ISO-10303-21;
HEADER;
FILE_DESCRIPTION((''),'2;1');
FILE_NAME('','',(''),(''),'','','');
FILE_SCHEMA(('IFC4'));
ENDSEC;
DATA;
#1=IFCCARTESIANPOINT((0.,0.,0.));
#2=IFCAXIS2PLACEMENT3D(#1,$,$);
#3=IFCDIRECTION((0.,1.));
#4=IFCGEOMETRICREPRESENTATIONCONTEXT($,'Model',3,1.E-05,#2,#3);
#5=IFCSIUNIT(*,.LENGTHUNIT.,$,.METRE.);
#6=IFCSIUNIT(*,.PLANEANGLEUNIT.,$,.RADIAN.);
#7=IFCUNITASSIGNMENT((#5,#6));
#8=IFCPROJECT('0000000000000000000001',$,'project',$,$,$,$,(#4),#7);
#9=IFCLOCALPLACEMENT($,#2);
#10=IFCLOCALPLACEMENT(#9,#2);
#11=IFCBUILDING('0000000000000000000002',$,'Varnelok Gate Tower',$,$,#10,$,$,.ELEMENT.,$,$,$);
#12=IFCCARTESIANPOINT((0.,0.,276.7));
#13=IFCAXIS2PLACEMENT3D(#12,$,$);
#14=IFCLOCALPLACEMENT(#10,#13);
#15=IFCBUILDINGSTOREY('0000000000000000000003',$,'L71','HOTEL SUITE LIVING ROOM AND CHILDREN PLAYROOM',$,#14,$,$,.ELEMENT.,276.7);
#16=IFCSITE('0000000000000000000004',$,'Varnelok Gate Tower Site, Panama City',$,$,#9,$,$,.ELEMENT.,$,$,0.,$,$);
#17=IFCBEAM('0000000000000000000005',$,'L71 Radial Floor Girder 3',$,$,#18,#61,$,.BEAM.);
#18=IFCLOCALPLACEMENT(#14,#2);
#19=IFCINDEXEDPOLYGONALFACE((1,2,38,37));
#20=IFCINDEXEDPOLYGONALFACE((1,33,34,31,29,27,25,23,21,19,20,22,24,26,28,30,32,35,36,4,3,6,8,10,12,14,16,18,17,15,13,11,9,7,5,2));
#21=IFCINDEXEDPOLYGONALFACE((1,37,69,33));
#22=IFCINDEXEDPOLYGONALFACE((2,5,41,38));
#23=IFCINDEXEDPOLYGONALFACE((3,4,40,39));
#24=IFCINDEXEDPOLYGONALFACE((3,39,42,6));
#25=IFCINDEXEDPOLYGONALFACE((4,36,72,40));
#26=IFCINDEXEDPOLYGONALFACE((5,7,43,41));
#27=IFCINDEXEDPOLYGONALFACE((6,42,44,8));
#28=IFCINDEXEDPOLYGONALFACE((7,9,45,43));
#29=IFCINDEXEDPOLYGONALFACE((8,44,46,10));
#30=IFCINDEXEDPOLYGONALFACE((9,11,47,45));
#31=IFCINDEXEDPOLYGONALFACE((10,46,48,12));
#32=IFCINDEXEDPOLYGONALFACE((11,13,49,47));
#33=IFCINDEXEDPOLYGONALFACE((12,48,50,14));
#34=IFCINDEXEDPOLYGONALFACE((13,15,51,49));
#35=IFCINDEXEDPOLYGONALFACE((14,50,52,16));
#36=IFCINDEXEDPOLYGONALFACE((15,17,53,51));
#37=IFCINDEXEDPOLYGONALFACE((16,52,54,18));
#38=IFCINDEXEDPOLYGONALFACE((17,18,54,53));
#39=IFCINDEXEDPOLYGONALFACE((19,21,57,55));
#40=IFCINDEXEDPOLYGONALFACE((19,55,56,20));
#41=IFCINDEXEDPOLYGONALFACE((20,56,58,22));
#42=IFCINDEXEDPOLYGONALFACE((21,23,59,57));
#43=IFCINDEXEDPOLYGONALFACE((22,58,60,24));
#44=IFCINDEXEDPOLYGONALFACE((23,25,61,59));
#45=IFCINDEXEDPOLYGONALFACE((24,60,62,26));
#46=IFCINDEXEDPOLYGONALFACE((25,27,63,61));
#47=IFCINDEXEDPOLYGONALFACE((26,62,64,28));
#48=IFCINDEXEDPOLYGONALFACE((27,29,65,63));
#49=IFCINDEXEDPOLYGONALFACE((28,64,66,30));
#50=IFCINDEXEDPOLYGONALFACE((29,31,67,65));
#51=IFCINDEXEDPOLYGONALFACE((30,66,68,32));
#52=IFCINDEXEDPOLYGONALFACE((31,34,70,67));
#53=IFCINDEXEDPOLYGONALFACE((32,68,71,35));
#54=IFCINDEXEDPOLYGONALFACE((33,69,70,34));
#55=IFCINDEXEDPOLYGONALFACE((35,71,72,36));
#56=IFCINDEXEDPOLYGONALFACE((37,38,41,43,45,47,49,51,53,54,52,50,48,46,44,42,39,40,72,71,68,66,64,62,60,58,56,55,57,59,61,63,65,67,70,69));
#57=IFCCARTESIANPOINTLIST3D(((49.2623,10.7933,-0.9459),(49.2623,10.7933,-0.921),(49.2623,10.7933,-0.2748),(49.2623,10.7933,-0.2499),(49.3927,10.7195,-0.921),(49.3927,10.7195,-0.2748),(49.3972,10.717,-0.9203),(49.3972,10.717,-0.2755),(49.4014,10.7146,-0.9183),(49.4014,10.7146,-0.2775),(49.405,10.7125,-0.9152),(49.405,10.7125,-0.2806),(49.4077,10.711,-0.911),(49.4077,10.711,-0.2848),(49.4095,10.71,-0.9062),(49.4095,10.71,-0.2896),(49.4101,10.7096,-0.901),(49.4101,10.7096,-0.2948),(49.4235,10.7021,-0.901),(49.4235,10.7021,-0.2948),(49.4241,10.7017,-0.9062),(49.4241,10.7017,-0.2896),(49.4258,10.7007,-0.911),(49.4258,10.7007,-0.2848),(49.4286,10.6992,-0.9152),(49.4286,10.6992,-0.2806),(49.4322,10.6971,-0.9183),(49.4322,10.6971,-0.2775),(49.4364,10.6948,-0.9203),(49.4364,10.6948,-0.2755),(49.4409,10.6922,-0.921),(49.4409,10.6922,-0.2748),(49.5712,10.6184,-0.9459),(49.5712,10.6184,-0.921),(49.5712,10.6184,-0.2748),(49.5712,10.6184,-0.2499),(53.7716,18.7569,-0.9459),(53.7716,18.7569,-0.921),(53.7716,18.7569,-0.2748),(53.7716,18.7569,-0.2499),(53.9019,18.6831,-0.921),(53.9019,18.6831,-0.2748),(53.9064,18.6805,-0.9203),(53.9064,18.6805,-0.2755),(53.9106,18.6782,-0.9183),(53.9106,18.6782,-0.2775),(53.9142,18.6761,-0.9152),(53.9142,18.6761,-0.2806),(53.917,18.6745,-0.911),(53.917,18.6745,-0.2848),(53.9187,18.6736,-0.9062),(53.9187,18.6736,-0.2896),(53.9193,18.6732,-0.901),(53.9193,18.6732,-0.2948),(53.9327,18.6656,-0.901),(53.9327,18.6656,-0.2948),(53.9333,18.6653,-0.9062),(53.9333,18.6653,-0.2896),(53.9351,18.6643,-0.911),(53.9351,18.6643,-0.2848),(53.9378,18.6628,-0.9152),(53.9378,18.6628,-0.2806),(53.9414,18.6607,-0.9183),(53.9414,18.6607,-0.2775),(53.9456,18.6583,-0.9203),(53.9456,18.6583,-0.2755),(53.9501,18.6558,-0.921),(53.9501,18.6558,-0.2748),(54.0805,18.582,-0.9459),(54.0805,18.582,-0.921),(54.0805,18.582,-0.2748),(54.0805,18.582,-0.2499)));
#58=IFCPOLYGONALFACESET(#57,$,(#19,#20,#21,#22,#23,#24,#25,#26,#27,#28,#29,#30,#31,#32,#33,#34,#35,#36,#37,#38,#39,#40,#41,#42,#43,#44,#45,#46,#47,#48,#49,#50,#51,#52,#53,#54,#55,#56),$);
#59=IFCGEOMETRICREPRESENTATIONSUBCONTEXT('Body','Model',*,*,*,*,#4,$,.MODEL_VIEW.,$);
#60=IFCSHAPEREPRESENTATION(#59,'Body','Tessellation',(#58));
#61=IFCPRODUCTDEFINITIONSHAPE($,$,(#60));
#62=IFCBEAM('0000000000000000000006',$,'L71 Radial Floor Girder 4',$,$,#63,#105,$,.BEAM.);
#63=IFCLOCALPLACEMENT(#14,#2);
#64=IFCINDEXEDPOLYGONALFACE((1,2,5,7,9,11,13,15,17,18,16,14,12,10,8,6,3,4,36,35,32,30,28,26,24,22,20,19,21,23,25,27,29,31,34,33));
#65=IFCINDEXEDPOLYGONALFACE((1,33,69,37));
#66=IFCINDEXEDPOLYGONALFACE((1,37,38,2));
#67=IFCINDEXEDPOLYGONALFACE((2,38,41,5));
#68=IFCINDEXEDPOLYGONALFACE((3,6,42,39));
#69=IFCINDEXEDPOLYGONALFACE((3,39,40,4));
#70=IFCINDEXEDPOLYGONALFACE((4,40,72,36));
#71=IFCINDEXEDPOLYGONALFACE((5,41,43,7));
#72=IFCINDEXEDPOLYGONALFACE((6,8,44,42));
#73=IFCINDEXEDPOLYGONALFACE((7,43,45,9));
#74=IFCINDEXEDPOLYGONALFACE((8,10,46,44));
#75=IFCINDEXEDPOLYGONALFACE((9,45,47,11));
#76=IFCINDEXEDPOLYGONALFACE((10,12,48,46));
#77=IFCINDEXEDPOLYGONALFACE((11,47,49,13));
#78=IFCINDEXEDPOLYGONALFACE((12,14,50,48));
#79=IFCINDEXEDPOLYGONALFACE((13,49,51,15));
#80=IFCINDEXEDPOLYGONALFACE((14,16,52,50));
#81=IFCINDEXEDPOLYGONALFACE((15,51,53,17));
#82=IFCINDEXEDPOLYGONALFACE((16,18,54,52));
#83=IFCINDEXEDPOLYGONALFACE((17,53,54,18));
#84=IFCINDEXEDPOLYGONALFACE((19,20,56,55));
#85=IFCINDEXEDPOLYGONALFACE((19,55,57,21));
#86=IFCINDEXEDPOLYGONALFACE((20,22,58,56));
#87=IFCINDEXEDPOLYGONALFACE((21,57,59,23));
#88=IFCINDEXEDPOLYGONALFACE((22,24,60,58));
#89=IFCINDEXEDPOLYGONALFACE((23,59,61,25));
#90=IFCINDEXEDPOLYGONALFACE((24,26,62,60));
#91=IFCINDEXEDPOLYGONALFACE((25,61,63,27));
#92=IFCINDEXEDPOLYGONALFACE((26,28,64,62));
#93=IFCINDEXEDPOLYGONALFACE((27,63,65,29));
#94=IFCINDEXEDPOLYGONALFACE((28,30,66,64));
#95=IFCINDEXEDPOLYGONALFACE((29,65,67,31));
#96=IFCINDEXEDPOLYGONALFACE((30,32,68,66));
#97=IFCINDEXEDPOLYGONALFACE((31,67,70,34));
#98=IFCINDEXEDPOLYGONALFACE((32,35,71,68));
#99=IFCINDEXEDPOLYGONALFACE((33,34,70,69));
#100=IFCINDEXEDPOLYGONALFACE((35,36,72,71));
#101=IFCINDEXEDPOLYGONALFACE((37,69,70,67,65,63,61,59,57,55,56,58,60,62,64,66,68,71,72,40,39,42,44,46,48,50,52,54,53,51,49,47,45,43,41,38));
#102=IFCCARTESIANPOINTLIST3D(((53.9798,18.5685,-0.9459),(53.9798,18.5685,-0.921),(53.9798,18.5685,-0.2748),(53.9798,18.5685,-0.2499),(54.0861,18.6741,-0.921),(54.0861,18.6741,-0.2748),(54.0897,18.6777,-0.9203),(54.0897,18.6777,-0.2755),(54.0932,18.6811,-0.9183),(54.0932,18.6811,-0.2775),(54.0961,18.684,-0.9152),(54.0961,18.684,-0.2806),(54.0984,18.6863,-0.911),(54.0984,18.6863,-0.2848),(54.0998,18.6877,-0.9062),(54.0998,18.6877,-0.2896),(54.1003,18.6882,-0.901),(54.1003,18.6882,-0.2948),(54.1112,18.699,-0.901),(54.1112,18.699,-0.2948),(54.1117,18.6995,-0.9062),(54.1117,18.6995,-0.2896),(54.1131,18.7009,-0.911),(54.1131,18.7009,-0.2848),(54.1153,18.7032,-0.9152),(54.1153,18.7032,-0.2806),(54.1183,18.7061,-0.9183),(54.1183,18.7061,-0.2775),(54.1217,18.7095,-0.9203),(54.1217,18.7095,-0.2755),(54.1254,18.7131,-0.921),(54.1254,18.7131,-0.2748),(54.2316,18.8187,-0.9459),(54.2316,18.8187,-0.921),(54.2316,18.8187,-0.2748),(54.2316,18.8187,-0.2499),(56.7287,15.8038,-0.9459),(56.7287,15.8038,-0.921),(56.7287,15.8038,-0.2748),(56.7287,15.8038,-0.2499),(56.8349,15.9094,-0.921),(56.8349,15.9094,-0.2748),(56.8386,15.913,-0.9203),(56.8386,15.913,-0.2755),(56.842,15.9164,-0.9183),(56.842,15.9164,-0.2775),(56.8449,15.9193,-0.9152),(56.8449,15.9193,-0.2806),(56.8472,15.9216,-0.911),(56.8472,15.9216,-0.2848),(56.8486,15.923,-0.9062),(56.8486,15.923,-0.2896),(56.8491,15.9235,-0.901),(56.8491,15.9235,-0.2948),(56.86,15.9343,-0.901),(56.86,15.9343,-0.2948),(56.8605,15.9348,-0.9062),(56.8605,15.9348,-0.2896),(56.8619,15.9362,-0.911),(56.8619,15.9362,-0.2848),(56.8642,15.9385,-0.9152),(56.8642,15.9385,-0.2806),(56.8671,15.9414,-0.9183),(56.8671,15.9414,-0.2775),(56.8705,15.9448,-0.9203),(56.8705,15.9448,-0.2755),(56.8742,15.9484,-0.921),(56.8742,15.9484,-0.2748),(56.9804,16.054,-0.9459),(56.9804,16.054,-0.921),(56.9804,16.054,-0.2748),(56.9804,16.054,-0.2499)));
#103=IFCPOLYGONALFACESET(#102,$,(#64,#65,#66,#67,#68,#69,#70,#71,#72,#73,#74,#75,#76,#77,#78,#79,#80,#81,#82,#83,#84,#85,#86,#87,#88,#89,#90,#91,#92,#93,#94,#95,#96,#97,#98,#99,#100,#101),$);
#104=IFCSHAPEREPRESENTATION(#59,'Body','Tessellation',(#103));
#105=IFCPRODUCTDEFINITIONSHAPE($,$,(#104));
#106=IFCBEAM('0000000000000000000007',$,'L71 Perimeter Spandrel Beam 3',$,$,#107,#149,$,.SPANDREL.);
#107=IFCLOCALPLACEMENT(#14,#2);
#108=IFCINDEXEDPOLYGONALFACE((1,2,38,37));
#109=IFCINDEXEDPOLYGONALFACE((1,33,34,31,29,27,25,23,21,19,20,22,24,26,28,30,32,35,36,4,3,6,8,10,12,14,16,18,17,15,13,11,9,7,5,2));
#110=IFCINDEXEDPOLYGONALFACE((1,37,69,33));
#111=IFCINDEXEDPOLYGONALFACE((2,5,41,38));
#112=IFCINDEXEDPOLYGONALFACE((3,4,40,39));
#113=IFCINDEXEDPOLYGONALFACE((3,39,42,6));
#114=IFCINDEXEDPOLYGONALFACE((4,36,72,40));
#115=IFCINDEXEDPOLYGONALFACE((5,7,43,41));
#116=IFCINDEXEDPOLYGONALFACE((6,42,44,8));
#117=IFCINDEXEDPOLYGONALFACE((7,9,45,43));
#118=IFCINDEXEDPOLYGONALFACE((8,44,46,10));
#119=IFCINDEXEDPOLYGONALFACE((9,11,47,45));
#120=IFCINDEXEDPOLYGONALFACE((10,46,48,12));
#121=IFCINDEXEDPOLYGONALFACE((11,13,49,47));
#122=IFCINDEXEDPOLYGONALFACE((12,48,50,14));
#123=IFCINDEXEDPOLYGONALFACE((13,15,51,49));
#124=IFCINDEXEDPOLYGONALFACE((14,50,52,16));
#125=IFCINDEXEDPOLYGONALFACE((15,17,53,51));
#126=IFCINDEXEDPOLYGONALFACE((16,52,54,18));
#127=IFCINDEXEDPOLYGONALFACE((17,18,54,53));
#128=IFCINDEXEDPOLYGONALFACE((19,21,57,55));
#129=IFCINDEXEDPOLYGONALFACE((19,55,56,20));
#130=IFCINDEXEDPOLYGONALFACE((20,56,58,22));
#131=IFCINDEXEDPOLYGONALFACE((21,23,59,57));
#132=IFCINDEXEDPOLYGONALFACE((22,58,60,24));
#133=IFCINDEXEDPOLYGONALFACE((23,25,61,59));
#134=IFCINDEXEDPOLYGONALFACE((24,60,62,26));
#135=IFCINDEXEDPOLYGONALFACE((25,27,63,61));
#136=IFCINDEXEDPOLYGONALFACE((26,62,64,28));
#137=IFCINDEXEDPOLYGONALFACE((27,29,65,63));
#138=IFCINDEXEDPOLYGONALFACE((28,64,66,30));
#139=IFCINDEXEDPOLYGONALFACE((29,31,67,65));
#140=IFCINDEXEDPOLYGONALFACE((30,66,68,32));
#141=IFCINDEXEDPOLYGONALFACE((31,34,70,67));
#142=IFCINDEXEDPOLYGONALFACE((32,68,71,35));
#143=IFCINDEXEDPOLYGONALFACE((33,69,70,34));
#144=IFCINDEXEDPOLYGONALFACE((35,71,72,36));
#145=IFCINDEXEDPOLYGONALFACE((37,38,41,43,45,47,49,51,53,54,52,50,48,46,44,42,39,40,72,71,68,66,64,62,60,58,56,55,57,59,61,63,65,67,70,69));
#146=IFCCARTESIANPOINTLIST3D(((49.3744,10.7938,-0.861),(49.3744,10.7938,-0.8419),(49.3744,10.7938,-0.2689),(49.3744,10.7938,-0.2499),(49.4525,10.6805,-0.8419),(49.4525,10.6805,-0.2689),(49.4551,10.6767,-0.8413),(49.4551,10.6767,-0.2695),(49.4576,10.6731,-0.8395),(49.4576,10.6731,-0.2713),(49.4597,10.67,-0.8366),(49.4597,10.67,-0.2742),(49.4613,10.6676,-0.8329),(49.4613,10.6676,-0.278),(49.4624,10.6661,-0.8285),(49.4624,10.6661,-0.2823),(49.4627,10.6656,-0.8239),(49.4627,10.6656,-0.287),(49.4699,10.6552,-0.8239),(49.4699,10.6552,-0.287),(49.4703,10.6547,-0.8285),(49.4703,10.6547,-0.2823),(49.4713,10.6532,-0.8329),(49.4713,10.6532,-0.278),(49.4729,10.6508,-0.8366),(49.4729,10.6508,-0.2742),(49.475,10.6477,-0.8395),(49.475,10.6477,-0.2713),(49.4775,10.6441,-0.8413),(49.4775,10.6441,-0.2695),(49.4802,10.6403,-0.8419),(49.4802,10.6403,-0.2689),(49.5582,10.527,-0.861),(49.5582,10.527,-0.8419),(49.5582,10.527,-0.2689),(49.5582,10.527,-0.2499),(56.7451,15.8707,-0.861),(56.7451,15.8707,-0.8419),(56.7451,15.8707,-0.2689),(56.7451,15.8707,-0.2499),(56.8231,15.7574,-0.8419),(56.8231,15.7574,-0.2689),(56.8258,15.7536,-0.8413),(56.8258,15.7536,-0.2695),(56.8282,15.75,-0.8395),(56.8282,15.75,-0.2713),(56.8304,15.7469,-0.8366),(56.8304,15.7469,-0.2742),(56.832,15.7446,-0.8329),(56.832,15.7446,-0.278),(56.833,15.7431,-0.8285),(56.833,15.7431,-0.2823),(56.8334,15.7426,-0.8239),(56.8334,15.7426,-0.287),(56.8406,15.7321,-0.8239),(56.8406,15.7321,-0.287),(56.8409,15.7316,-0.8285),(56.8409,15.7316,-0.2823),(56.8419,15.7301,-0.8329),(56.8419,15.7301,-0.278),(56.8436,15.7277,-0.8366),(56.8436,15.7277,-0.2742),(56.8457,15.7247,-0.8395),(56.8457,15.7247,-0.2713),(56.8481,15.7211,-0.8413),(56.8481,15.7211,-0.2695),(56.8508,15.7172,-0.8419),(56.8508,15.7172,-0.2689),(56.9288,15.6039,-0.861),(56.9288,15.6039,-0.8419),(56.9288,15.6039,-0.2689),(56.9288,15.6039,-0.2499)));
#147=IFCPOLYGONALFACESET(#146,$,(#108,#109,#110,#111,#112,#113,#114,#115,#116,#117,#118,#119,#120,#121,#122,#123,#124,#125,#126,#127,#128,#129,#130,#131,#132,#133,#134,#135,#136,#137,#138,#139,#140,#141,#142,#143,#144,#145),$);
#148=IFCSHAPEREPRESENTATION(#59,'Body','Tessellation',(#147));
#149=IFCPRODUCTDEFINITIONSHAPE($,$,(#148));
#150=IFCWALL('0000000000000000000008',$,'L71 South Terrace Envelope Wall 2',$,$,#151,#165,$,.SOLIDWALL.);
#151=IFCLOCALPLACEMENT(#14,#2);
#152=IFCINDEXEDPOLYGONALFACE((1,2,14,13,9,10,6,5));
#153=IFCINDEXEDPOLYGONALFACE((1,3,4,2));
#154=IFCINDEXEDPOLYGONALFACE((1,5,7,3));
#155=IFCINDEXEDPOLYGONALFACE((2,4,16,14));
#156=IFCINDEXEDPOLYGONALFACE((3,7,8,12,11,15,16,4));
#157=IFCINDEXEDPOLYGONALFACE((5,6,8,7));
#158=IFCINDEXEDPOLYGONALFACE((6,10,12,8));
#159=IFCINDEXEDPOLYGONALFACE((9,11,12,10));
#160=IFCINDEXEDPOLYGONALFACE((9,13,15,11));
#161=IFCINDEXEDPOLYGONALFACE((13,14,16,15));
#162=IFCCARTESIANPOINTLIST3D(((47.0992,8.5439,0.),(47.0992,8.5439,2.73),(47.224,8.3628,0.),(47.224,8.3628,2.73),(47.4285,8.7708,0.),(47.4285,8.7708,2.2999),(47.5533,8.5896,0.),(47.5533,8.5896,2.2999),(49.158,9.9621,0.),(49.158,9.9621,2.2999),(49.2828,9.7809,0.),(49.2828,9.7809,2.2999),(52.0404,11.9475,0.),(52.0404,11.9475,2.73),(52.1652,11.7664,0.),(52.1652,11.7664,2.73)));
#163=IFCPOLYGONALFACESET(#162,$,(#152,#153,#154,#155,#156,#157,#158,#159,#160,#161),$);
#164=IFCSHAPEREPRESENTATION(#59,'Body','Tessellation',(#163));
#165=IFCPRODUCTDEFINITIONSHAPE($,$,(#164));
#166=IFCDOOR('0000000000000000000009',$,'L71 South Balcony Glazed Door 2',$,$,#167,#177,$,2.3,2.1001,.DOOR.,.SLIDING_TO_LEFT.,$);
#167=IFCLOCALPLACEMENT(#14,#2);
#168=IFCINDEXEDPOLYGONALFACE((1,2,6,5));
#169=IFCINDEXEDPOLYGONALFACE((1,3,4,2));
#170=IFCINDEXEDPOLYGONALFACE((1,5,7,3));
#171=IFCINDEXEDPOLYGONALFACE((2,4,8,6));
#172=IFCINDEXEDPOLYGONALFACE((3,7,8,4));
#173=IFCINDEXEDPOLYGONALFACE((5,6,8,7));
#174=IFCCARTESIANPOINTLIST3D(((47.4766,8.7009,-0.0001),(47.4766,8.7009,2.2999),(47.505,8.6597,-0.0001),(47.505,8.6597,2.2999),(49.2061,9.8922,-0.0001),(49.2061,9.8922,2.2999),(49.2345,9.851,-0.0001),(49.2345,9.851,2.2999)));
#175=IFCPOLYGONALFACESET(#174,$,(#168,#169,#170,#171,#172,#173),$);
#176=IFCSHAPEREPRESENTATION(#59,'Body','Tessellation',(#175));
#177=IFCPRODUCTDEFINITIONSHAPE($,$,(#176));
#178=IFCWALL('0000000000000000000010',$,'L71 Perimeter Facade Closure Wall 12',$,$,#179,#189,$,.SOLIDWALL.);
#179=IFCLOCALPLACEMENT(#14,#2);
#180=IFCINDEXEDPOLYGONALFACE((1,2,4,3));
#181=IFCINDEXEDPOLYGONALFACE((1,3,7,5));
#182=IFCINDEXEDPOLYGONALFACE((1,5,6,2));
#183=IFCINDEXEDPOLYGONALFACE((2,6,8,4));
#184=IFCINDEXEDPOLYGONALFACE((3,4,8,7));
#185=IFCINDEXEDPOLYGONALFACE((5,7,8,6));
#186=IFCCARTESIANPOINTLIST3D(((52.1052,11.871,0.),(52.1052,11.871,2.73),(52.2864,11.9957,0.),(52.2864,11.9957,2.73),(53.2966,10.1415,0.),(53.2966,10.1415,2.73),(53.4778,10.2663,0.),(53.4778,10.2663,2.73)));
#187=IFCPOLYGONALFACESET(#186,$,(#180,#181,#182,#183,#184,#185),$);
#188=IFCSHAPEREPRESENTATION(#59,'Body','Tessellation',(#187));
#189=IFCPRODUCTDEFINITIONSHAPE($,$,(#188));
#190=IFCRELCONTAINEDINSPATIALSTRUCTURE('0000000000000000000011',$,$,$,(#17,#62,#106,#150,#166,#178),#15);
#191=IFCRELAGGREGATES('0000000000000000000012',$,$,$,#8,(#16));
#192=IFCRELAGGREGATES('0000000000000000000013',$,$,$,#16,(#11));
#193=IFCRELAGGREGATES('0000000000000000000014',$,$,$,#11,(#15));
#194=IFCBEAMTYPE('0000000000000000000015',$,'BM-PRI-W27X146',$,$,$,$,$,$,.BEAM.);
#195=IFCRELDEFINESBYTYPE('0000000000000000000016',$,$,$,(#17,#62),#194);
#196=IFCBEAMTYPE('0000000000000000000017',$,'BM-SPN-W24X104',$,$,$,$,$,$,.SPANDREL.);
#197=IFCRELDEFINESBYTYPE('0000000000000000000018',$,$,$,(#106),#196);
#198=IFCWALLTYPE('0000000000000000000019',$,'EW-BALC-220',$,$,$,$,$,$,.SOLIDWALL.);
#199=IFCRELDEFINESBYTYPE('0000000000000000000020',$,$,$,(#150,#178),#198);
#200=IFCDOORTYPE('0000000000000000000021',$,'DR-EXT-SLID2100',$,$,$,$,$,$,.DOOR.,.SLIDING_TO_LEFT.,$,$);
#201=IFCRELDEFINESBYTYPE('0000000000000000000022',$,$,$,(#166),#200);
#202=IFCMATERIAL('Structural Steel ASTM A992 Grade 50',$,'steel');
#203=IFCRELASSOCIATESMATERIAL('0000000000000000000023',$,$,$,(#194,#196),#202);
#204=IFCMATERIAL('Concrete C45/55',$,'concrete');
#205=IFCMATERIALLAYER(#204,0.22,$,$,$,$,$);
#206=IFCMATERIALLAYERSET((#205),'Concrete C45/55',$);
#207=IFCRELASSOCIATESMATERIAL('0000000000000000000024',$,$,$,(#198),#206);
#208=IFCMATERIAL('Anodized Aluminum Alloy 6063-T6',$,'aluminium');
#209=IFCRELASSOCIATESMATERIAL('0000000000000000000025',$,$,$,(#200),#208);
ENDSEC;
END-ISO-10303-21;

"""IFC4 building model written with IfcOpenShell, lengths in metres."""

from ifc_helpers import new_model, si_unit, direction, frame, frame_2d, origin, origin_2d, place, context, subcontext, project, spatial, rectangle, i_section, extrude, material, layer, layer_set, material_profile, profile_set, type_object, element, fill, save


model = new_model("IFC4")

# Units and contexts
model_context = context("Model", 3, precision=1e-05, world=origin(), true_north=direction((0.0, 1.0)))
body_context = subcontext(model_context, "Body", "Model", "MODEL_VIEW")
ifc_project = project(units=[si_unit("LENGTHUNIT", "METRE"), si_unit("PLANEANGLEUNIT", "RADIAN")], contexts=[model_context])

# Site, building, storey
site_placement = place(None, origin())
site = spatial("IfcSite", under=ifc_project, at=site_placement, Name="Varnelok Gate Tower Site, Panama City", CompositionType="ELEMENT", RefElevation=0.0)
building_placement = place(site_placement, origin())
building = spatial("IfcBuilding", under=site, at=building_placement, Name="Varnelok Gate Tower", CompositionType="ELEMENT")
storey_placement = place(building_placement, frame((0.0, 0.0, 276.7)))
storey = spatial("IfcBuildingStorey", under=building, at=storey_placement, Name="L71", Description="HOTEL SUITE LIVING ROOM AND CHILDREN PLAYROOM", CompositionType="ELEMENT", Elevation=276.7)

# Shared definitions
ifc_material_1 = material(Name="Structural Steel ASTM A992 Grade 50", Category="steel")

# Beams
ifc_material_profile_1 = material_profile(ifc_material_1, i_section(OverallWidth=0.355, OverallDepth=0.696, WebThickness=0.0154, FlangeThickness=0.0249, FilletRadius=0.02, at=origin_2d()), Name="W27X146")
ifc_profile_set_1 = profile_set([ifc_material_profile_1], Name="Structural Steel ASTM A992 Grade 50")
beam_type_1 = type_object("IfcBeamType", Name="BM-PRI-W27X146", PredefinedType="BEAM", material=ifc_profile_set_1)
beam_1_placement = place(storey_placement, frame((53.926, 18.6694, -0.5979), z_axis=(-0.492728, -0.870183, 0.0), x_axis=(0.870183, -0.492728, 0.0)))
element("IfcBeam", 1, at=beam_1_placement, inside=storey, type_object=beam_type_1, Name="L71 Radial Floor Girder 3", PredefinedType="BEAM", context=body_context, shape_type="SweptSolid", body=[
    extrude(i_section(OverallWidth=0.355, OverallDepth=0.696, WebThickness=0.0154, FlangeThickness=0.0249, FilletRadius=0.02, at=origin_2d()), origin(), (0.0, 0.0, 1.0), 9.1516),
])
beam_2_placement = place(storey_placement, frame((54.1057, 18.6936, -0.5979), z_axis=(0.705069, -0.709139, 0.0), x_axis=(0.709139, 0.705069, 0.0)))
element("IfcBeam", 2, at=beam_2_placement, inside=storey, type_object=beam_type_1, Name="L71 Radial Floor Girder 4", PredefinedType="BEAM", context=body_context, shape_type="SweptSolid", body=[
    extrude(i_section(OverallWidth=0.355, OverallDepth=0.696, WebThickness=0.0154, FlangeThickness=0.0249, FilletRadius=0.02, at=origin_2d()), origin(), (0.0, 0.0, 1.0), 3.8987),
])
ifc_material_profile_2 = material_profile(ifc_material_1, i_section(OverallWidth=0.324, OverallDepth=0.6111, WebThickness=0.0127, FlangeThickness=0.019, FilletRadius=0.0181, at=origin_2d()), Name="W24X104")
ifc_profile_set_2 = profile_set([ifc_material_profile_2], Name="Structural Steel ASTM A992 Grade 50")
beam_type_2 = type_object("IfcBeamType", Name="BM-SPN-W24X104", PredefinedType="SPANDREL", material=ifc_profile_set_2)
beam_3_placement = place(storey_placement, frame((49.4663, 10.6604, -0.5554), z_axis=(0.82354, 0.567258, 0.0), x_axis=(-0.567258, 0.82354, 0.0)))
element("IfcBeam", 3, at=beam_3_placement, inside=storey, type_object=beam_type_2, Name="L71 Perimeter Spandrel Beam 3", PredefinedType="SPANDREL", context=body_context, shape_type="SweptSolid", body=[
    extrude(i_section(OverallWidth=0.324, OverallDepth=0.6111, WebThickness=0.0127, FlangeThickness=0.019, FilletRadius=0.0181, at=origin_2d()), origin(), (0.0, 0.0, 1.0), 8.95),
])

# Wall, opening, door
ifc_material_2 = material(Name="Concrete C45/55", Category="concrete")
ifc_layer_1 = layer(ifc_material_2, 0.22)
ifc_layer_set_1 = layer_set([ifc_layer_1], Name="Concrete C45/55")
wall_type_1 = type_object("IfcWallType", Name="EW-BALC-220", PredefinedType="SOLIDWALL", material=ifc_layer_set_1)
wall_1_placement = place(storey_placement, frame((52.1028, 11.8569, 0.0), z_axis=(0.0, 0.0, 1.0), x_axis=(-0.823535, -0.567266, 0.0)))
wall_1 = element("IfcWall", 4, at=wall_1_placement, inside=storey, type_object=wall_type_1, Name="L71 South Terrace Envelope Wall 2", PredefinedType="SOLIDWALL", context=body_context, shape_type="SweptSolid", body=[
    extrude(rectangle(XDim=6.0, YDim=0.22, at=frame_2d((3.0, 0.0))), origin(), (0.0, 0.0, 1.0), 2.73),
])
opening_1_placement = place(wall_1_placement, frame((3.5, 0.0, 0.0)))
opening_1 = element("IfcOpeningElement", 5, at=opening_1_placement, cuts=wall_1, PredefinedType="OPENING", context=body_context, shape_type="SweptSolid", body=[
    extrude(rectangle(XDim=2.1001, YDim=2.3, at=frame_2d((1.05, 1.1499))), frame((0.0, 0.1199, 0.0), z_axis=(0.0, -1.0, 0.0), x_axis=(1.0, 0.0, 0.0)), (0.0, 0.0, 1.0), 0.24),
])
ifc_material_3 = material(Name="Anodized Aluminum Alloy 6063-T6", Category="aluminium")
door_type_1 = type_object("IfcDoorType", Name="DR-EXT-SLID2100", OperationType="SLIDING_TO_LEFT", PredefinedType="DOOR", material=ifc_material_3)
door_1_placement = place(opening_1_placement, origin())
door_1 = element("IfcDoor", 6, at=door_1_placement, inside=storey, type_object=door_type_1, Name="L71 South Balcony Glazed Door 2", OperationType="SLIDING_TO_LEFT", OverallHeight=2.3, OverallWidth=2.1001, PredefinedType="DOOR", context=body_context, shape_type="SweptSolid", body=[
    extrude(rectangle(XDim=2.1001, YDim=2.3, at=frame_2d((1.05, 1.1499))), frame((0.0, 0.0249, 0.0), z_axis=(0.0, -1.0, 0.0), x_axis=(1.0, 0.0, 0.0)), (0.0, 0.0, 1.0), 0.05),
])
fill(opening_1, door_1)

# Wall
wall_2_placement = place(storey_placement, frame((52.1958, 11.9333, 0.0), z_axis=(0.0, 0.0, 1.0), x_axis=(0.567298, -0.823512, 0.0)))
element("IfcWall", 7, at=wall_2_placement, inside=storey, type_object=wall_type_1, Name="L71 Perimeter Facade Closure Wall 12", PredefinedType="SOLIDWALL", context=body_context, shape_type="SweptSolid", body=[
    extrude(rectangle(XDim=2.1001, YDim=0.22, at=frame_2d((1.05, 0.0))), origin(), (0.0, 0.0, 1.0), 2.73),
])

save(model, "model.ifc")
